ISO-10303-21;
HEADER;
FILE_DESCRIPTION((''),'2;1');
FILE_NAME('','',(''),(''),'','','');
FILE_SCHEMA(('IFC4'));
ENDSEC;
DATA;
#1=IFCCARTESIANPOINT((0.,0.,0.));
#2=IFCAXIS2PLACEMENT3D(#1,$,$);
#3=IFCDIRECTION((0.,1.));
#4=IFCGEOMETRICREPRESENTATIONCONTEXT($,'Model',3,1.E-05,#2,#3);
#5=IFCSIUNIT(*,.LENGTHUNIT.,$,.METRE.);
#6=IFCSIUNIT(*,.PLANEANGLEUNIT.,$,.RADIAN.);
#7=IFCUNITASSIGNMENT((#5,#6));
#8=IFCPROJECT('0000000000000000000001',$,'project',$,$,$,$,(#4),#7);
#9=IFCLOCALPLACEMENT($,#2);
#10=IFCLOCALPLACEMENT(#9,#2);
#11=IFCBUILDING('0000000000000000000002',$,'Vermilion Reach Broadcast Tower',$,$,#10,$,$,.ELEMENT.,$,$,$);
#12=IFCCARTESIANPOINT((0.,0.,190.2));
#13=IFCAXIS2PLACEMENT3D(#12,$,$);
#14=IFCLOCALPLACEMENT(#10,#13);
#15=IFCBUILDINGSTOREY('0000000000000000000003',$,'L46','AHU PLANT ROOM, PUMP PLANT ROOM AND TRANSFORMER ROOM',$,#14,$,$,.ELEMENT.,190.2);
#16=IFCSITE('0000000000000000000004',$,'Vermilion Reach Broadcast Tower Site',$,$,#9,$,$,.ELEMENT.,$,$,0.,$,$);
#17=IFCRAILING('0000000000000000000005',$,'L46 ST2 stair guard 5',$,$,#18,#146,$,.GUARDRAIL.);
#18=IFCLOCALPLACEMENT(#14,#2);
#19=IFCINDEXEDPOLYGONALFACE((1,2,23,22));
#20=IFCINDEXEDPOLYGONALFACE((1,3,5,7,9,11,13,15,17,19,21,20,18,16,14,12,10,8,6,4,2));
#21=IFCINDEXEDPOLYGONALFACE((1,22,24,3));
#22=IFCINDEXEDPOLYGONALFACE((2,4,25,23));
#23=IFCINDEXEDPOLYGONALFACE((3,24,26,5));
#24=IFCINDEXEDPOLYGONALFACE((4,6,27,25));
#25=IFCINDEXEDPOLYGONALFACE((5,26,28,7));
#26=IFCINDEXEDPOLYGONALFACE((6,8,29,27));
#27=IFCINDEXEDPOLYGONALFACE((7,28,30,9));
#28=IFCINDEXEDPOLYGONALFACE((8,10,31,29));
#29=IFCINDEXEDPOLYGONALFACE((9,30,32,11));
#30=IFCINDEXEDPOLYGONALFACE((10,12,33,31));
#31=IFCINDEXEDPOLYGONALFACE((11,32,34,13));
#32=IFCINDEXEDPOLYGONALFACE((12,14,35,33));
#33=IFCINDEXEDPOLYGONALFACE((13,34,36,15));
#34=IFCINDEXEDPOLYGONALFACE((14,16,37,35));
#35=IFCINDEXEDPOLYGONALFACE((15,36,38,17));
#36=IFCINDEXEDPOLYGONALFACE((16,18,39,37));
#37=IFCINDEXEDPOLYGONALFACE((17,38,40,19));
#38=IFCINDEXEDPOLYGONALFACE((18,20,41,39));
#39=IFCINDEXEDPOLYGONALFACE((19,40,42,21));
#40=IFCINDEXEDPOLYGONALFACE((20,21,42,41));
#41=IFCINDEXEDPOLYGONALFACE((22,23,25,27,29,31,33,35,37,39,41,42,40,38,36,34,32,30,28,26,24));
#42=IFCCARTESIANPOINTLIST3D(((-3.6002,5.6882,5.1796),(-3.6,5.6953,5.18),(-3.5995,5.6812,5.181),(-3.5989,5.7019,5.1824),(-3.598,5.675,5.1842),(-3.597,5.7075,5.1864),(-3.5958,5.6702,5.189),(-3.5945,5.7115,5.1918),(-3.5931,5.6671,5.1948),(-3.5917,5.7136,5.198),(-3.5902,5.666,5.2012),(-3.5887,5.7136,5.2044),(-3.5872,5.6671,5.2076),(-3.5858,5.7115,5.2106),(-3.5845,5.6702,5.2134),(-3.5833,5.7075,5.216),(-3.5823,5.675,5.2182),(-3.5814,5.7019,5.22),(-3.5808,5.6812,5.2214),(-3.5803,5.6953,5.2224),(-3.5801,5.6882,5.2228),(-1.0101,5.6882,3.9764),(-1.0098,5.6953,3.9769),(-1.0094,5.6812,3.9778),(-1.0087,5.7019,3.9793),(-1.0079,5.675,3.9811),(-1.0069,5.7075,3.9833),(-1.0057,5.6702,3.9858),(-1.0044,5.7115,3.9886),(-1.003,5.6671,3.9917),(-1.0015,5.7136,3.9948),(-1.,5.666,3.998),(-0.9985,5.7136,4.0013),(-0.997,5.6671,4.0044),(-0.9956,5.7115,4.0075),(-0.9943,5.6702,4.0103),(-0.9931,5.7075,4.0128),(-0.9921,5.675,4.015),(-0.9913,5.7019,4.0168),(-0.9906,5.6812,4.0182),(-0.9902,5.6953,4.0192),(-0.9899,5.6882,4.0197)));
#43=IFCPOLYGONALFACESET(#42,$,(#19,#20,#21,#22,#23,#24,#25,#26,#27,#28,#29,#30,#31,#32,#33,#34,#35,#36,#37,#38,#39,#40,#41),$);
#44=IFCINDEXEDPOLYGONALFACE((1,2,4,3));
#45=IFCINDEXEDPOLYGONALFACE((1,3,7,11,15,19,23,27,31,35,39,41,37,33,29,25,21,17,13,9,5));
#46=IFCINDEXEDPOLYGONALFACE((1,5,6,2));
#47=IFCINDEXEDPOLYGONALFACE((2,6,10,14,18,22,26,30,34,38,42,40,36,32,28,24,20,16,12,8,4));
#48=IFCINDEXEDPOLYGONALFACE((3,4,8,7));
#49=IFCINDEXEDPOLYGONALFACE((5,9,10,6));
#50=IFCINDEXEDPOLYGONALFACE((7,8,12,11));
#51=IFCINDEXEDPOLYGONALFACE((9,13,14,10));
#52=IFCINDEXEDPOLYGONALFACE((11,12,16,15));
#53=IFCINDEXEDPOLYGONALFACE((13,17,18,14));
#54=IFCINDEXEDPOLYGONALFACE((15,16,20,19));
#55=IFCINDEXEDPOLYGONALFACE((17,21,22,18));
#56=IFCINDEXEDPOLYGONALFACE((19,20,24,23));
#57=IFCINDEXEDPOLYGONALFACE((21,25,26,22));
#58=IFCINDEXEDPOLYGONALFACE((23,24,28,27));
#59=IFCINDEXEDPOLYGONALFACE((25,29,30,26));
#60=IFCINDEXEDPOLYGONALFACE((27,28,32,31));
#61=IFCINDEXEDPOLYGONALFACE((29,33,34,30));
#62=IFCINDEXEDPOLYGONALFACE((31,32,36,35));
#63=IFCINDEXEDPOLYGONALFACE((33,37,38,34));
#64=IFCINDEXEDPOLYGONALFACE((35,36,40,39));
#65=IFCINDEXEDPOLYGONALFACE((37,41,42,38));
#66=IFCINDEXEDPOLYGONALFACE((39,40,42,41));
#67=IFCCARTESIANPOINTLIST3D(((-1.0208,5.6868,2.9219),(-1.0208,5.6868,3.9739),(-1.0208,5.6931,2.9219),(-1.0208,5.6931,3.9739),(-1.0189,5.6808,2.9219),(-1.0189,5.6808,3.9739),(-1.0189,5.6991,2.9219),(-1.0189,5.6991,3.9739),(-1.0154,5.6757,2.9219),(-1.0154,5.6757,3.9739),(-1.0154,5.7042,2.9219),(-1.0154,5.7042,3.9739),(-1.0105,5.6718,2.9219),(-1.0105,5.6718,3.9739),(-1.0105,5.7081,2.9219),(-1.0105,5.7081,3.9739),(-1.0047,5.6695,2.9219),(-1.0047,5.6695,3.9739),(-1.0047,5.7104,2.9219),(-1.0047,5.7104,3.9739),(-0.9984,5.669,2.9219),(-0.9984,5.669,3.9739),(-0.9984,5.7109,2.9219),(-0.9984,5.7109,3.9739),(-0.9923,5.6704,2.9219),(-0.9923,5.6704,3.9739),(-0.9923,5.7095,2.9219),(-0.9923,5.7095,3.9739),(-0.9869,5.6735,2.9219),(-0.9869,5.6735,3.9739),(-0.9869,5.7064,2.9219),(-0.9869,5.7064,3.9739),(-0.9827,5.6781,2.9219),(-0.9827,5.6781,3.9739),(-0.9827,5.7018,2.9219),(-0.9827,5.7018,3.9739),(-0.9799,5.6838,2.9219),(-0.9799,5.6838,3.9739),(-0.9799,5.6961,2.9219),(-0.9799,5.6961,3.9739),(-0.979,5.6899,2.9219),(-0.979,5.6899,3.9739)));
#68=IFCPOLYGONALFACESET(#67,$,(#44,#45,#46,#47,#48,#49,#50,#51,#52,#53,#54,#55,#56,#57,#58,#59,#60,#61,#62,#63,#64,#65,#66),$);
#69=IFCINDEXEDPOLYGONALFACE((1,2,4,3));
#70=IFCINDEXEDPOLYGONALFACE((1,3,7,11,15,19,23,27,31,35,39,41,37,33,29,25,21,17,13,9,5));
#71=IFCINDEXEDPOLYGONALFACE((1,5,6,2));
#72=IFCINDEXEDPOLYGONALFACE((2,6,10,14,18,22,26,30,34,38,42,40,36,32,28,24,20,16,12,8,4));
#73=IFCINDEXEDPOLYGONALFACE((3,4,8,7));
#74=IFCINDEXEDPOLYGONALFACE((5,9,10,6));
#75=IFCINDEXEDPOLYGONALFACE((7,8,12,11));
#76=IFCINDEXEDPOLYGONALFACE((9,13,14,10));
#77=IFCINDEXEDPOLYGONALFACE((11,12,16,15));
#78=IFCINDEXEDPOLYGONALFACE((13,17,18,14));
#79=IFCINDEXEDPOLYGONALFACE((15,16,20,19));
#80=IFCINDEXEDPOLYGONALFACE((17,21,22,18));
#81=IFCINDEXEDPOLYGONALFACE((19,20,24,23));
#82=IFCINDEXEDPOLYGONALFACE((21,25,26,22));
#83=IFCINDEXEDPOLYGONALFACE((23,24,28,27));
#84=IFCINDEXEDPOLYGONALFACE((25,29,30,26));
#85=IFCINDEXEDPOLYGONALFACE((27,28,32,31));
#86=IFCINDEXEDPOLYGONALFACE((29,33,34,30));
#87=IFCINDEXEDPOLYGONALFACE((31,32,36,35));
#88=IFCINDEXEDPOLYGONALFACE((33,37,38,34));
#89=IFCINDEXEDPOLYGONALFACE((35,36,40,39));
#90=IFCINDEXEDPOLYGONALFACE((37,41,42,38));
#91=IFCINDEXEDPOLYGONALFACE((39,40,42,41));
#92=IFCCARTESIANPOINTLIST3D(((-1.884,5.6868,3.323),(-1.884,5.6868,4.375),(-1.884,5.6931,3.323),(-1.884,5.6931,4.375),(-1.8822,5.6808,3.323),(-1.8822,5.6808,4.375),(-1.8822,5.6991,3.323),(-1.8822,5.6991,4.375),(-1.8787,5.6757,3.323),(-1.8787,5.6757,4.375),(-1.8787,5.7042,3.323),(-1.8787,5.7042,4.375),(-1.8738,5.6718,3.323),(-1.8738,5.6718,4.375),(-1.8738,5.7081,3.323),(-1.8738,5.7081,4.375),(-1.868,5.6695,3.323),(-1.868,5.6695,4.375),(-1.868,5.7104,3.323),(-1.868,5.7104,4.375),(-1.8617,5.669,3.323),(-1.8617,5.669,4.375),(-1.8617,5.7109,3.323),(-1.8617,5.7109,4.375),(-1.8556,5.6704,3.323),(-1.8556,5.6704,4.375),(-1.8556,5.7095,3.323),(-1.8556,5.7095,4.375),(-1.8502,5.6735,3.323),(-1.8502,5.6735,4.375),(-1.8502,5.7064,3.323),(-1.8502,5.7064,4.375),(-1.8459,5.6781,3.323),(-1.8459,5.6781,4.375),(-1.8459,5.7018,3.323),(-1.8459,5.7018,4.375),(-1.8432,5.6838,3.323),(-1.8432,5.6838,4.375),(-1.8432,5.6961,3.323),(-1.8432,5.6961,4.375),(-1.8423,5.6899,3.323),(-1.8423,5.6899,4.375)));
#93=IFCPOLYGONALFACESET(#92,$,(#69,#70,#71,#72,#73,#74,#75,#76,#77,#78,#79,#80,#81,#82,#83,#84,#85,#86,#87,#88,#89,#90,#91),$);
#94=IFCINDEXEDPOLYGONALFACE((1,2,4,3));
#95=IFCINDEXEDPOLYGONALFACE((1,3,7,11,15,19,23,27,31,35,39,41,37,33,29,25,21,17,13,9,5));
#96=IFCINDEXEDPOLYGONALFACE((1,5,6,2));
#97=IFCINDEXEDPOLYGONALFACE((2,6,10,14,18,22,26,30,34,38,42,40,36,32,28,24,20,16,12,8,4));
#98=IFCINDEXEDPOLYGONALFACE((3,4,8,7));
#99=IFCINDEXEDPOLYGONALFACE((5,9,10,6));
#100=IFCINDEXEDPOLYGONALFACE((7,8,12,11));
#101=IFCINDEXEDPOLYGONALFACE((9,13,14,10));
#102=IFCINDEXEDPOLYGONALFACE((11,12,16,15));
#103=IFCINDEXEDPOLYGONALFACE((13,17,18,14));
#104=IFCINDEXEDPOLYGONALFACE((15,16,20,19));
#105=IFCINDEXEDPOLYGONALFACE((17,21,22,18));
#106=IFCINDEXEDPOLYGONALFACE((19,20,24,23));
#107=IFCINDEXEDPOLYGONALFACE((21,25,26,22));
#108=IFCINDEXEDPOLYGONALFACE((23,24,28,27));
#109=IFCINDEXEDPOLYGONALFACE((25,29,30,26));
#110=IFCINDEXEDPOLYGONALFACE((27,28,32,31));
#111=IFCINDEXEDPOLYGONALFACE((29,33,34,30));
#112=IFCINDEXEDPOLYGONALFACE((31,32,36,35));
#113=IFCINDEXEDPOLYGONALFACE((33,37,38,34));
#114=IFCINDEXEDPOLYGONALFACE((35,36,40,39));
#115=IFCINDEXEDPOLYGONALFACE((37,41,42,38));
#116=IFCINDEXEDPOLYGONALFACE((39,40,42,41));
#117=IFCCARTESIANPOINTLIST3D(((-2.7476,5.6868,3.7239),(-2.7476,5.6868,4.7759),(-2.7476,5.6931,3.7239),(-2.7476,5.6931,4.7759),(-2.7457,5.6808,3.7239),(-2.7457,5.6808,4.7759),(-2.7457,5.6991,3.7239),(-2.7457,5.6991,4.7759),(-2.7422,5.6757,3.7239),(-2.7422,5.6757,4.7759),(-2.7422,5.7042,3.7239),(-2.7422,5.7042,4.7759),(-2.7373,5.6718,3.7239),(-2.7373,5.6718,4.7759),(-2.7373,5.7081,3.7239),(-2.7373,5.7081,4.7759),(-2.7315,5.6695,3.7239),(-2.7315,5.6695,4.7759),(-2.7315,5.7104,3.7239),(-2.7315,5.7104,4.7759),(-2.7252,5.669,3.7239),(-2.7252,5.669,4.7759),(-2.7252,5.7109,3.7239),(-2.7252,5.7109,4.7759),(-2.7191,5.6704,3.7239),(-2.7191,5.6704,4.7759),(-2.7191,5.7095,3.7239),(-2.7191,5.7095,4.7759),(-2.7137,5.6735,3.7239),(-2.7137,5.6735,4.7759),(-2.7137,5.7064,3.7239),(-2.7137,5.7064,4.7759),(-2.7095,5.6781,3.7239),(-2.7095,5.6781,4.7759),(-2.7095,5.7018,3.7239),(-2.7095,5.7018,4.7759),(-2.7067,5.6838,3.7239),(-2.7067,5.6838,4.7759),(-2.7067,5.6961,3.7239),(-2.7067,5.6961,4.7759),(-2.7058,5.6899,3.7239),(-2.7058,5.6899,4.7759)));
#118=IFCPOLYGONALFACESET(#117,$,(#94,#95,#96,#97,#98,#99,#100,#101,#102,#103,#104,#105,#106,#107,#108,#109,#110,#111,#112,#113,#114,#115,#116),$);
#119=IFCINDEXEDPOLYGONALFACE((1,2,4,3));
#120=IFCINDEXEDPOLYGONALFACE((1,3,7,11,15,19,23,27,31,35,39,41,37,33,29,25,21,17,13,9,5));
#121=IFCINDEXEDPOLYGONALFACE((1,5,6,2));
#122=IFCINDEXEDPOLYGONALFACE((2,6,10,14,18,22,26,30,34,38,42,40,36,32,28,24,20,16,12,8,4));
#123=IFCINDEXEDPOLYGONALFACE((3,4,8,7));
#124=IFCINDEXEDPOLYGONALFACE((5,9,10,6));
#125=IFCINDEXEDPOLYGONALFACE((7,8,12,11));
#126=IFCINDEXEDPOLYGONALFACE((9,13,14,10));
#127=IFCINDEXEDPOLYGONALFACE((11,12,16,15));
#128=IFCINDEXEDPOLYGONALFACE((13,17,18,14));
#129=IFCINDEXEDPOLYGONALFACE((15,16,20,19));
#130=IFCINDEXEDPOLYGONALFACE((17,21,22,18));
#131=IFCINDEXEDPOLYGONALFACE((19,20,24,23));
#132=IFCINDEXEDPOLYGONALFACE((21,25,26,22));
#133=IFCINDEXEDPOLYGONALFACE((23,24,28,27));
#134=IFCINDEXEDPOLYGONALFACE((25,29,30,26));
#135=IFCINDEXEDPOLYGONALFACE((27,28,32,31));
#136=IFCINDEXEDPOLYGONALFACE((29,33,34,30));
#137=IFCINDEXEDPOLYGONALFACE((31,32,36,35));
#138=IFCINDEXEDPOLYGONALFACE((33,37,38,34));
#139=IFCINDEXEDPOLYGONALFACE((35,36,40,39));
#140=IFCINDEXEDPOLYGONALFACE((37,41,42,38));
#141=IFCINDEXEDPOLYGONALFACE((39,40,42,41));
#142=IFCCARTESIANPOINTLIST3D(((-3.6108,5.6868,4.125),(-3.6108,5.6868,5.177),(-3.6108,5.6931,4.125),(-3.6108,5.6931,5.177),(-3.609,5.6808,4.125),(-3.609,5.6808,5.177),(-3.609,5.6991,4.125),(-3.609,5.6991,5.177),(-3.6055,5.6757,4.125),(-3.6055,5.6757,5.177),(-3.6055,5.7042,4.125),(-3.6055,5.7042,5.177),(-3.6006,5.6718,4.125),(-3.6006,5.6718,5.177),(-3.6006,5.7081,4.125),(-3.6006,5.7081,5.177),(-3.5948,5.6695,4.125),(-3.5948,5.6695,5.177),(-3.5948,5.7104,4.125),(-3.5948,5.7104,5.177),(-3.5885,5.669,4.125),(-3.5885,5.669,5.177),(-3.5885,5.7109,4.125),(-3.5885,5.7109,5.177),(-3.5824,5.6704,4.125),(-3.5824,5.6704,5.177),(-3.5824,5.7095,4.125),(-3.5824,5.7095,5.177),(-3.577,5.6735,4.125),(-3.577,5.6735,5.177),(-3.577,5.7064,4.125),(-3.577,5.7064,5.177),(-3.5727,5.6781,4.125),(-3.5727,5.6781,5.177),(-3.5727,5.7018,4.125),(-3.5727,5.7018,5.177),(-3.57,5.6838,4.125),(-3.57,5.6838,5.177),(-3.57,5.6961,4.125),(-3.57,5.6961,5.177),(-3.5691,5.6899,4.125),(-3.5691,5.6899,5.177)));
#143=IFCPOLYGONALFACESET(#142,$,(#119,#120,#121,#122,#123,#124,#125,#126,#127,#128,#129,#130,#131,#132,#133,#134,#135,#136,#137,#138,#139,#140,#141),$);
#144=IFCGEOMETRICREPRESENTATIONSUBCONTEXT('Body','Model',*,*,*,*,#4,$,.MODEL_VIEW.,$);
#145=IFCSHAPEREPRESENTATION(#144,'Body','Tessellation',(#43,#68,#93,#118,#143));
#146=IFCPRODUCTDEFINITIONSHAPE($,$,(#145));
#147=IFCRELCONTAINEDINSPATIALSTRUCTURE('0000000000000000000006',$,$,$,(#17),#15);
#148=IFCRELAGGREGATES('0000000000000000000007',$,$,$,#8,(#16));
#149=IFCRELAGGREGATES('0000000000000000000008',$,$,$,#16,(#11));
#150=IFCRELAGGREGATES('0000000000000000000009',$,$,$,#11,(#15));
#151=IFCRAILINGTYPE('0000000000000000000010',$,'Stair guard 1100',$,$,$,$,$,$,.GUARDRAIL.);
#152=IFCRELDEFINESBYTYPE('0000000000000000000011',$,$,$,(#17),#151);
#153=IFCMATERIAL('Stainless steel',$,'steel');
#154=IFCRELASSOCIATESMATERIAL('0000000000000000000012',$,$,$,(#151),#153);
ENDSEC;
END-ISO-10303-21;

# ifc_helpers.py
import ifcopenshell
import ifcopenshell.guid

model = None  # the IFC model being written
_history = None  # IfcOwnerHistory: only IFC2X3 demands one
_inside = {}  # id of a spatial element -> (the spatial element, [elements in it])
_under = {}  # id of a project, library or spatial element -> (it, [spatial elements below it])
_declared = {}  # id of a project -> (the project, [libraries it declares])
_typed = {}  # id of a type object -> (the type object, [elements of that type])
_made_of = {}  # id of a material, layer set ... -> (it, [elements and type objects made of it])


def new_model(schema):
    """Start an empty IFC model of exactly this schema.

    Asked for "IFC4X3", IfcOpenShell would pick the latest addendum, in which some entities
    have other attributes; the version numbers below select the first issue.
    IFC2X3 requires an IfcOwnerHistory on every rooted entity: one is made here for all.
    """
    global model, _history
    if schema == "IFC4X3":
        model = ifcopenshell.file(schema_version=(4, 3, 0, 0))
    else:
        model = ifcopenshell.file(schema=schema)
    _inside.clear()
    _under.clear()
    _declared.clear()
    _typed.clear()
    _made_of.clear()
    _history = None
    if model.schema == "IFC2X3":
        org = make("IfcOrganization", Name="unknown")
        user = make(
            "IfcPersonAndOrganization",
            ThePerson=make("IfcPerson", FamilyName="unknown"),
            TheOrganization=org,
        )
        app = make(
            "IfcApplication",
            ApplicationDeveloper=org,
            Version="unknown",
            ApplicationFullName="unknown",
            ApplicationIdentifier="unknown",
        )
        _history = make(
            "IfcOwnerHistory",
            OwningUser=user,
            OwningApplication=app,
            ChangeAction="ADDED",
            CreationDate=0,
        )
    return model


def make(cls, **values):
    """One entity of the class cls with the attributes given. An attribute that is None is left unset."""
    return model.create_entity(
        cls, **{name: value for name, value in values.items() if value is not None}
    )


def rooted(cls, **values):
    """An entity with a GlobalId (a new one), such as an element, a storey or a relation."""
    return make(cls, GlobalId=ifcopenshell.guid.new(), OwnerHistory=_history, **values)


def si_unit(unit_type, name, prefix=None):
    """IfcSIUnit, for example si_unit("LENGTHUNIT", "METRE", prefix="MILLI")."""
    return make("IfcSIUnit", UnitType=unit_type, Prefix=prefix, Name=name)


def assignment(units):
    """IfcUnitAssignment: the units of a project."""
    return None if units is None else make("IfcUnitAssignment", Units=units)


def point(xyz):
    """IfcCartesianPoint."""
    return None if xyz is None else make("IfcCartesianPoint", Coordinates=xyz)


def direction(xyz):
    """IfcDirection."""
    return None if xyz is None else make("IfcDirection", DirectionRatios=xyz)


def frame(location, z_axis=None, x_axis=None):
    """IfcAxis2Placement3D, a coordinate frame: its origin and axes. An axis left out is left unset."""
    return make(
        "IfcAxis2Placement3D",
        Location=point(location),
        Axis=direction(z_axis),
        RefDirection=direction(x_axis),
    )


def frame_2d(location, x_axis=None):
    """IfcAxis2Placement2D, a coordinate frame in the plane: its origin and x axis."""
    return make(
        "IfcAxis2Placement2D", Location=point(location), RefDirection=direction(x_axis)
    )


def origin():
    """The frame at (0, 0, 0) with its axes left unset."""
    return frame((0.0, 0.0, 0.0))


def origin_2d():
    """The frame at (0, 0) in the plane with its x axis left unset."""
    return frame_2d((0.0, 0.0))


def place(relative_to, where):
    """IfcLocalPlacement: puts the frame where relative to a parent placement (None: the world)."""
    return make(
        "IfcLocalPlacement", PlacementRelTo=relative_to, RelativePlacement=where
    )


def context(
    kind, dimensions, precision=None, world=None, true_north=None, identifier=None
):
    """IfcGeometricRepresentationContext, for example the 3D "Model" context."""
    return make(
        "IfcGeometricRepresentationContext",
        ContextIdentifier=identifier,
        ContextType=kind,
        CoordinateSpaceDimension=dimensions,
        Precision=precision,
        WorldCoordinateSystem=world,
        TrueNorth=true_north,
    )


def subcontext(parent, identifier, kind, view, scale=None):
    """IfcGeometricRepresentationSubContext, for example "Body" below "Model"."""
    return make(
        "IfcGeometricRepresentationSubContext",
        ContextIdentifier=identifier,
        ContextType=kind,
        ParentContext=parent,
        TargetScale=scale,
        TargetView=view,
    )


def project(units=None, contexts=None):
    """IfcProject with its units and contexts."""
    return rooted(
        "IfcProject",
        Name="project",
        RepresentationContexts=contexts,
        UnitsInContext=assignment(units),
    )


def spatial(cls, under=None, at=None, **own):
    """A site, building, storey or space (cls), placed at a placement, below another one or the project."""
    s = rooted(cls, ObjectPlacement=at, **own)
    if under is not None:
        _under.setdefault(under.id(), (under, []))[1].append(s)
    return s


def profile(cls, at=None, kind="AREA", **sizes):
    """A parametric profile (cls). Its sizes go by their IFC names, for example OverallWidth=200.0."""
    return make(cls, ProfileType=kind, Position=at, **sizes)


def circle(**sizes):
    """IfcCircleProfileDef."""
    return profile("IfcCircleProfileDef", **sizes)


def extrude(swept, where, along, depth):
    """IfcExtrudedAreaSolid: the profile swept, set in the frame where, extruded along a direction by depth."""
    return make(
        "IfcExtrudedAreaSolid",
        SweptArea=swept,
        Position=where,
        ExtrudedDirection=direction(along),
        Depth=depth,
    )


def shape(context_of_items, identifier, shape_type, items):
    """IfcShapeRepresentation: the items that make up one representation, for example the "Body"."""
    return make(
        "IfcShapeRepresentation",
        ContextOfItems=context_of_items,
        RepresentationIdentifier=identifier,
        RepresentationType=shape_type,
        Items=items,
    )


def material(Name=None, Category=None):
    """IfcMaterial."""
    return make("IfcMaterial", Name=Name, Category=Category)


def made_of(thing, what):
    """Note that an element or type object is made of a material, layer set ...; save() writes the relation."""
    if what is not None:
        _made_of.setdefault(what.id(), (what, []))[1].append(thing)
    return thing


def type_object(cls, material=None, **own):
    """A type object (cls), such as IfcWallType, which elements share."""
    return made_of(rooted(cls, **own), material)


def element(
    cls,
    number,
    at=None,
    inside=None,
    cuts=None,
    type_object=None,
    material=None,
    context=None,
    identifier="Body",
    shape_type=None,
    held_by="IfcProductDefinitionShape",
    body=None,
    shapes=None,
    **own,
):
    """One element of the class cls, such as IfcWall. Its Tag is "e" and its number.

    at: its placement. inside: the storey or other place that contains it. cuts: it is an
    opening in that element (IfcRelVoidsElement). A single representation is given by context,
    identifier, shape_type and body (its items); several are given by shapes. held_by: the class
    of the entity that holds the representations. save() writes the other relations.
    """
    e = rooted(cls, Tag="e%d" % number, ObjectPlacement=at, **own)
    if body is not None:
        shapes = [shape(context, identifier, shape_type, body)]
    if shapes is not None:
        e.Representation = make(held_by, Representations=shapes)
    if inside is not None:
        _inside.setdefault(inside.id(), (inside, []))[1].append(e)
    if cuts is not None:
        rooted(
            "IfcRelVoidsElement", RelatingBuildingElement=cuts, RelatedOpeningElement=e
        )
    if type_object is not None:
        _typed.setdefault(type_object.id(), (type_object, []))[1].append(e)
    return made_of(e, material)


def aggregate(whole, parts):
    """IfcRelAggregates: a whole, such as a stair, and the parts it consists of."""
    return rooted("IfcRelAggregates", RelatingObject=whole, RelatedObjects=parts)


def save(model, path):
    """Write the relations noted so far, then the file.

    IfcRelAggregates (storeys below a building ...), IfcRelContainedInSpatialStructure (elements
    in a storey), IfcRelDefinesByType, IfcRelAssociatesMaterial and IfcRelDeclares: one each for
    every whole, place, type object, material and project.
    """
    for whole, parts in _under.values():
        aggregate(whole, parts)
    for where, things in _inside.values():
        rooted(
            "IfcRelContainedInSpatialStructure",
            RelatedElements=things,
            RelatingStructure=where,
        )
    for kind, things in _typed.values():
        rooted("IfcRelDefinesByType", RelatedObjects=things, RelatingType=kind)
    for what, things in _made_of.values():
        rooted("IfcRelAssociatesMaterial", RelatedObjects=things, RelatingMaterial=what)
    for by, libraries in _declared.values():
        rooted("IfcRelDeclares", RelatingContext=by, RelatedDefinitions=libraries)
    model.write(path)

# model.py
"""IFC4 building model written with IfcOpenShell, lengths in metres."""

from ifc_helpers import new_model, si_unit, direction, frame, origin, origin_2d, place, context, subcontext, project, spatial, circle, extrude, material, type_object, element, save


model = new_model("IFC4")

# Units and contexts
model_context = context("Model", 3, precision=1e-05, world=origin(), true_north=direction((0.0, 1.0)))
body_context = subcontext(model_context, "Body", "Model", "MODEL_VIEW")
ifc_project = project(units=[si_unit("LENGTHUNIT", "METRE"), si_unit("PLANEANGLEUNIT", "RADIAN")], contexts=[model_context])

# Site, building, storey
site_placement = place(None, origin())
site = spatial("IfcSite", under=ifc_project, at=site_placement, Name="Vermilion Reach Broadcast Tower Site", CompositionType="ELEMENT", RefElevation=0.0)
building_placement = place(site_placement, origin())
building = spatial("IfcBuilding", under=site, at=building_placement, Name="Vermilion Reach Broadcast Tower", CompositionType="ELEMENT")
storey_placement = place(building_placement, frame((0.0, 0.0, 190.2)))
storey = spatial("IfcBuildingStorey", under=building, at=storey_placement, Name="L46", Description="AHU PLANT ROOM, PUMP PLANT ROOM AND TRANSFORMER ROOM", CompositionType="ELEMENT", Elevation=190.2)

# Railing
ifc_material_1 = material(Name="Stainless steel", Category="steel")
railing_type_1 = type_object("IfcRailingType", Name="Stair guard 1100", PredefinedType="GUARDRAIL", material=ifc_material_1)
railing_1_placement = place(storey_placement, frame((-1.0, 5.6899, 2.9219)))
element("IfcRailing", 1, at=railing_1_placement, inside=storey, type_object=railing_type_1, Name="L46 ST2 stair guard 5", PredefinedType="GUARDRAIL", context=body_context, shape_type="SweptSolid", body=[
    extrude(circle(Radius=0.0239, at=origin_2d()), frame((0.0, 0.0, 1.0762), z_axis=(-0.906931, 0.0, 0.42128), x_axis=(0.0, -1.0, 0.0)), (0.0, 0.0, 1.0), 2.856),
    extrude(circle(Radius=0.021, at=origin_2d()), origin(), (0.0, 0.0, 1.0), 1.052),
    extrude(circle(Radius=0.021, at=origin_2d()), frame((-0.8633, 0.0, 0.4011)), (0.0, 0.0, 1.0), 1.052),
    extrude(circle(Radius=0.021, at=origin_2d()), frame((-1.7268, 0.0, 0.802)), (0.0, 0.0, 1.0), 1.052),
    extrude(circle(Radius=0.021, at=origin_2d()), frame((-2.5901, 0.0, 1.2031)), (0.0, 0.0, 1.0), 1.052),
])

save(model, "model.ifc")
